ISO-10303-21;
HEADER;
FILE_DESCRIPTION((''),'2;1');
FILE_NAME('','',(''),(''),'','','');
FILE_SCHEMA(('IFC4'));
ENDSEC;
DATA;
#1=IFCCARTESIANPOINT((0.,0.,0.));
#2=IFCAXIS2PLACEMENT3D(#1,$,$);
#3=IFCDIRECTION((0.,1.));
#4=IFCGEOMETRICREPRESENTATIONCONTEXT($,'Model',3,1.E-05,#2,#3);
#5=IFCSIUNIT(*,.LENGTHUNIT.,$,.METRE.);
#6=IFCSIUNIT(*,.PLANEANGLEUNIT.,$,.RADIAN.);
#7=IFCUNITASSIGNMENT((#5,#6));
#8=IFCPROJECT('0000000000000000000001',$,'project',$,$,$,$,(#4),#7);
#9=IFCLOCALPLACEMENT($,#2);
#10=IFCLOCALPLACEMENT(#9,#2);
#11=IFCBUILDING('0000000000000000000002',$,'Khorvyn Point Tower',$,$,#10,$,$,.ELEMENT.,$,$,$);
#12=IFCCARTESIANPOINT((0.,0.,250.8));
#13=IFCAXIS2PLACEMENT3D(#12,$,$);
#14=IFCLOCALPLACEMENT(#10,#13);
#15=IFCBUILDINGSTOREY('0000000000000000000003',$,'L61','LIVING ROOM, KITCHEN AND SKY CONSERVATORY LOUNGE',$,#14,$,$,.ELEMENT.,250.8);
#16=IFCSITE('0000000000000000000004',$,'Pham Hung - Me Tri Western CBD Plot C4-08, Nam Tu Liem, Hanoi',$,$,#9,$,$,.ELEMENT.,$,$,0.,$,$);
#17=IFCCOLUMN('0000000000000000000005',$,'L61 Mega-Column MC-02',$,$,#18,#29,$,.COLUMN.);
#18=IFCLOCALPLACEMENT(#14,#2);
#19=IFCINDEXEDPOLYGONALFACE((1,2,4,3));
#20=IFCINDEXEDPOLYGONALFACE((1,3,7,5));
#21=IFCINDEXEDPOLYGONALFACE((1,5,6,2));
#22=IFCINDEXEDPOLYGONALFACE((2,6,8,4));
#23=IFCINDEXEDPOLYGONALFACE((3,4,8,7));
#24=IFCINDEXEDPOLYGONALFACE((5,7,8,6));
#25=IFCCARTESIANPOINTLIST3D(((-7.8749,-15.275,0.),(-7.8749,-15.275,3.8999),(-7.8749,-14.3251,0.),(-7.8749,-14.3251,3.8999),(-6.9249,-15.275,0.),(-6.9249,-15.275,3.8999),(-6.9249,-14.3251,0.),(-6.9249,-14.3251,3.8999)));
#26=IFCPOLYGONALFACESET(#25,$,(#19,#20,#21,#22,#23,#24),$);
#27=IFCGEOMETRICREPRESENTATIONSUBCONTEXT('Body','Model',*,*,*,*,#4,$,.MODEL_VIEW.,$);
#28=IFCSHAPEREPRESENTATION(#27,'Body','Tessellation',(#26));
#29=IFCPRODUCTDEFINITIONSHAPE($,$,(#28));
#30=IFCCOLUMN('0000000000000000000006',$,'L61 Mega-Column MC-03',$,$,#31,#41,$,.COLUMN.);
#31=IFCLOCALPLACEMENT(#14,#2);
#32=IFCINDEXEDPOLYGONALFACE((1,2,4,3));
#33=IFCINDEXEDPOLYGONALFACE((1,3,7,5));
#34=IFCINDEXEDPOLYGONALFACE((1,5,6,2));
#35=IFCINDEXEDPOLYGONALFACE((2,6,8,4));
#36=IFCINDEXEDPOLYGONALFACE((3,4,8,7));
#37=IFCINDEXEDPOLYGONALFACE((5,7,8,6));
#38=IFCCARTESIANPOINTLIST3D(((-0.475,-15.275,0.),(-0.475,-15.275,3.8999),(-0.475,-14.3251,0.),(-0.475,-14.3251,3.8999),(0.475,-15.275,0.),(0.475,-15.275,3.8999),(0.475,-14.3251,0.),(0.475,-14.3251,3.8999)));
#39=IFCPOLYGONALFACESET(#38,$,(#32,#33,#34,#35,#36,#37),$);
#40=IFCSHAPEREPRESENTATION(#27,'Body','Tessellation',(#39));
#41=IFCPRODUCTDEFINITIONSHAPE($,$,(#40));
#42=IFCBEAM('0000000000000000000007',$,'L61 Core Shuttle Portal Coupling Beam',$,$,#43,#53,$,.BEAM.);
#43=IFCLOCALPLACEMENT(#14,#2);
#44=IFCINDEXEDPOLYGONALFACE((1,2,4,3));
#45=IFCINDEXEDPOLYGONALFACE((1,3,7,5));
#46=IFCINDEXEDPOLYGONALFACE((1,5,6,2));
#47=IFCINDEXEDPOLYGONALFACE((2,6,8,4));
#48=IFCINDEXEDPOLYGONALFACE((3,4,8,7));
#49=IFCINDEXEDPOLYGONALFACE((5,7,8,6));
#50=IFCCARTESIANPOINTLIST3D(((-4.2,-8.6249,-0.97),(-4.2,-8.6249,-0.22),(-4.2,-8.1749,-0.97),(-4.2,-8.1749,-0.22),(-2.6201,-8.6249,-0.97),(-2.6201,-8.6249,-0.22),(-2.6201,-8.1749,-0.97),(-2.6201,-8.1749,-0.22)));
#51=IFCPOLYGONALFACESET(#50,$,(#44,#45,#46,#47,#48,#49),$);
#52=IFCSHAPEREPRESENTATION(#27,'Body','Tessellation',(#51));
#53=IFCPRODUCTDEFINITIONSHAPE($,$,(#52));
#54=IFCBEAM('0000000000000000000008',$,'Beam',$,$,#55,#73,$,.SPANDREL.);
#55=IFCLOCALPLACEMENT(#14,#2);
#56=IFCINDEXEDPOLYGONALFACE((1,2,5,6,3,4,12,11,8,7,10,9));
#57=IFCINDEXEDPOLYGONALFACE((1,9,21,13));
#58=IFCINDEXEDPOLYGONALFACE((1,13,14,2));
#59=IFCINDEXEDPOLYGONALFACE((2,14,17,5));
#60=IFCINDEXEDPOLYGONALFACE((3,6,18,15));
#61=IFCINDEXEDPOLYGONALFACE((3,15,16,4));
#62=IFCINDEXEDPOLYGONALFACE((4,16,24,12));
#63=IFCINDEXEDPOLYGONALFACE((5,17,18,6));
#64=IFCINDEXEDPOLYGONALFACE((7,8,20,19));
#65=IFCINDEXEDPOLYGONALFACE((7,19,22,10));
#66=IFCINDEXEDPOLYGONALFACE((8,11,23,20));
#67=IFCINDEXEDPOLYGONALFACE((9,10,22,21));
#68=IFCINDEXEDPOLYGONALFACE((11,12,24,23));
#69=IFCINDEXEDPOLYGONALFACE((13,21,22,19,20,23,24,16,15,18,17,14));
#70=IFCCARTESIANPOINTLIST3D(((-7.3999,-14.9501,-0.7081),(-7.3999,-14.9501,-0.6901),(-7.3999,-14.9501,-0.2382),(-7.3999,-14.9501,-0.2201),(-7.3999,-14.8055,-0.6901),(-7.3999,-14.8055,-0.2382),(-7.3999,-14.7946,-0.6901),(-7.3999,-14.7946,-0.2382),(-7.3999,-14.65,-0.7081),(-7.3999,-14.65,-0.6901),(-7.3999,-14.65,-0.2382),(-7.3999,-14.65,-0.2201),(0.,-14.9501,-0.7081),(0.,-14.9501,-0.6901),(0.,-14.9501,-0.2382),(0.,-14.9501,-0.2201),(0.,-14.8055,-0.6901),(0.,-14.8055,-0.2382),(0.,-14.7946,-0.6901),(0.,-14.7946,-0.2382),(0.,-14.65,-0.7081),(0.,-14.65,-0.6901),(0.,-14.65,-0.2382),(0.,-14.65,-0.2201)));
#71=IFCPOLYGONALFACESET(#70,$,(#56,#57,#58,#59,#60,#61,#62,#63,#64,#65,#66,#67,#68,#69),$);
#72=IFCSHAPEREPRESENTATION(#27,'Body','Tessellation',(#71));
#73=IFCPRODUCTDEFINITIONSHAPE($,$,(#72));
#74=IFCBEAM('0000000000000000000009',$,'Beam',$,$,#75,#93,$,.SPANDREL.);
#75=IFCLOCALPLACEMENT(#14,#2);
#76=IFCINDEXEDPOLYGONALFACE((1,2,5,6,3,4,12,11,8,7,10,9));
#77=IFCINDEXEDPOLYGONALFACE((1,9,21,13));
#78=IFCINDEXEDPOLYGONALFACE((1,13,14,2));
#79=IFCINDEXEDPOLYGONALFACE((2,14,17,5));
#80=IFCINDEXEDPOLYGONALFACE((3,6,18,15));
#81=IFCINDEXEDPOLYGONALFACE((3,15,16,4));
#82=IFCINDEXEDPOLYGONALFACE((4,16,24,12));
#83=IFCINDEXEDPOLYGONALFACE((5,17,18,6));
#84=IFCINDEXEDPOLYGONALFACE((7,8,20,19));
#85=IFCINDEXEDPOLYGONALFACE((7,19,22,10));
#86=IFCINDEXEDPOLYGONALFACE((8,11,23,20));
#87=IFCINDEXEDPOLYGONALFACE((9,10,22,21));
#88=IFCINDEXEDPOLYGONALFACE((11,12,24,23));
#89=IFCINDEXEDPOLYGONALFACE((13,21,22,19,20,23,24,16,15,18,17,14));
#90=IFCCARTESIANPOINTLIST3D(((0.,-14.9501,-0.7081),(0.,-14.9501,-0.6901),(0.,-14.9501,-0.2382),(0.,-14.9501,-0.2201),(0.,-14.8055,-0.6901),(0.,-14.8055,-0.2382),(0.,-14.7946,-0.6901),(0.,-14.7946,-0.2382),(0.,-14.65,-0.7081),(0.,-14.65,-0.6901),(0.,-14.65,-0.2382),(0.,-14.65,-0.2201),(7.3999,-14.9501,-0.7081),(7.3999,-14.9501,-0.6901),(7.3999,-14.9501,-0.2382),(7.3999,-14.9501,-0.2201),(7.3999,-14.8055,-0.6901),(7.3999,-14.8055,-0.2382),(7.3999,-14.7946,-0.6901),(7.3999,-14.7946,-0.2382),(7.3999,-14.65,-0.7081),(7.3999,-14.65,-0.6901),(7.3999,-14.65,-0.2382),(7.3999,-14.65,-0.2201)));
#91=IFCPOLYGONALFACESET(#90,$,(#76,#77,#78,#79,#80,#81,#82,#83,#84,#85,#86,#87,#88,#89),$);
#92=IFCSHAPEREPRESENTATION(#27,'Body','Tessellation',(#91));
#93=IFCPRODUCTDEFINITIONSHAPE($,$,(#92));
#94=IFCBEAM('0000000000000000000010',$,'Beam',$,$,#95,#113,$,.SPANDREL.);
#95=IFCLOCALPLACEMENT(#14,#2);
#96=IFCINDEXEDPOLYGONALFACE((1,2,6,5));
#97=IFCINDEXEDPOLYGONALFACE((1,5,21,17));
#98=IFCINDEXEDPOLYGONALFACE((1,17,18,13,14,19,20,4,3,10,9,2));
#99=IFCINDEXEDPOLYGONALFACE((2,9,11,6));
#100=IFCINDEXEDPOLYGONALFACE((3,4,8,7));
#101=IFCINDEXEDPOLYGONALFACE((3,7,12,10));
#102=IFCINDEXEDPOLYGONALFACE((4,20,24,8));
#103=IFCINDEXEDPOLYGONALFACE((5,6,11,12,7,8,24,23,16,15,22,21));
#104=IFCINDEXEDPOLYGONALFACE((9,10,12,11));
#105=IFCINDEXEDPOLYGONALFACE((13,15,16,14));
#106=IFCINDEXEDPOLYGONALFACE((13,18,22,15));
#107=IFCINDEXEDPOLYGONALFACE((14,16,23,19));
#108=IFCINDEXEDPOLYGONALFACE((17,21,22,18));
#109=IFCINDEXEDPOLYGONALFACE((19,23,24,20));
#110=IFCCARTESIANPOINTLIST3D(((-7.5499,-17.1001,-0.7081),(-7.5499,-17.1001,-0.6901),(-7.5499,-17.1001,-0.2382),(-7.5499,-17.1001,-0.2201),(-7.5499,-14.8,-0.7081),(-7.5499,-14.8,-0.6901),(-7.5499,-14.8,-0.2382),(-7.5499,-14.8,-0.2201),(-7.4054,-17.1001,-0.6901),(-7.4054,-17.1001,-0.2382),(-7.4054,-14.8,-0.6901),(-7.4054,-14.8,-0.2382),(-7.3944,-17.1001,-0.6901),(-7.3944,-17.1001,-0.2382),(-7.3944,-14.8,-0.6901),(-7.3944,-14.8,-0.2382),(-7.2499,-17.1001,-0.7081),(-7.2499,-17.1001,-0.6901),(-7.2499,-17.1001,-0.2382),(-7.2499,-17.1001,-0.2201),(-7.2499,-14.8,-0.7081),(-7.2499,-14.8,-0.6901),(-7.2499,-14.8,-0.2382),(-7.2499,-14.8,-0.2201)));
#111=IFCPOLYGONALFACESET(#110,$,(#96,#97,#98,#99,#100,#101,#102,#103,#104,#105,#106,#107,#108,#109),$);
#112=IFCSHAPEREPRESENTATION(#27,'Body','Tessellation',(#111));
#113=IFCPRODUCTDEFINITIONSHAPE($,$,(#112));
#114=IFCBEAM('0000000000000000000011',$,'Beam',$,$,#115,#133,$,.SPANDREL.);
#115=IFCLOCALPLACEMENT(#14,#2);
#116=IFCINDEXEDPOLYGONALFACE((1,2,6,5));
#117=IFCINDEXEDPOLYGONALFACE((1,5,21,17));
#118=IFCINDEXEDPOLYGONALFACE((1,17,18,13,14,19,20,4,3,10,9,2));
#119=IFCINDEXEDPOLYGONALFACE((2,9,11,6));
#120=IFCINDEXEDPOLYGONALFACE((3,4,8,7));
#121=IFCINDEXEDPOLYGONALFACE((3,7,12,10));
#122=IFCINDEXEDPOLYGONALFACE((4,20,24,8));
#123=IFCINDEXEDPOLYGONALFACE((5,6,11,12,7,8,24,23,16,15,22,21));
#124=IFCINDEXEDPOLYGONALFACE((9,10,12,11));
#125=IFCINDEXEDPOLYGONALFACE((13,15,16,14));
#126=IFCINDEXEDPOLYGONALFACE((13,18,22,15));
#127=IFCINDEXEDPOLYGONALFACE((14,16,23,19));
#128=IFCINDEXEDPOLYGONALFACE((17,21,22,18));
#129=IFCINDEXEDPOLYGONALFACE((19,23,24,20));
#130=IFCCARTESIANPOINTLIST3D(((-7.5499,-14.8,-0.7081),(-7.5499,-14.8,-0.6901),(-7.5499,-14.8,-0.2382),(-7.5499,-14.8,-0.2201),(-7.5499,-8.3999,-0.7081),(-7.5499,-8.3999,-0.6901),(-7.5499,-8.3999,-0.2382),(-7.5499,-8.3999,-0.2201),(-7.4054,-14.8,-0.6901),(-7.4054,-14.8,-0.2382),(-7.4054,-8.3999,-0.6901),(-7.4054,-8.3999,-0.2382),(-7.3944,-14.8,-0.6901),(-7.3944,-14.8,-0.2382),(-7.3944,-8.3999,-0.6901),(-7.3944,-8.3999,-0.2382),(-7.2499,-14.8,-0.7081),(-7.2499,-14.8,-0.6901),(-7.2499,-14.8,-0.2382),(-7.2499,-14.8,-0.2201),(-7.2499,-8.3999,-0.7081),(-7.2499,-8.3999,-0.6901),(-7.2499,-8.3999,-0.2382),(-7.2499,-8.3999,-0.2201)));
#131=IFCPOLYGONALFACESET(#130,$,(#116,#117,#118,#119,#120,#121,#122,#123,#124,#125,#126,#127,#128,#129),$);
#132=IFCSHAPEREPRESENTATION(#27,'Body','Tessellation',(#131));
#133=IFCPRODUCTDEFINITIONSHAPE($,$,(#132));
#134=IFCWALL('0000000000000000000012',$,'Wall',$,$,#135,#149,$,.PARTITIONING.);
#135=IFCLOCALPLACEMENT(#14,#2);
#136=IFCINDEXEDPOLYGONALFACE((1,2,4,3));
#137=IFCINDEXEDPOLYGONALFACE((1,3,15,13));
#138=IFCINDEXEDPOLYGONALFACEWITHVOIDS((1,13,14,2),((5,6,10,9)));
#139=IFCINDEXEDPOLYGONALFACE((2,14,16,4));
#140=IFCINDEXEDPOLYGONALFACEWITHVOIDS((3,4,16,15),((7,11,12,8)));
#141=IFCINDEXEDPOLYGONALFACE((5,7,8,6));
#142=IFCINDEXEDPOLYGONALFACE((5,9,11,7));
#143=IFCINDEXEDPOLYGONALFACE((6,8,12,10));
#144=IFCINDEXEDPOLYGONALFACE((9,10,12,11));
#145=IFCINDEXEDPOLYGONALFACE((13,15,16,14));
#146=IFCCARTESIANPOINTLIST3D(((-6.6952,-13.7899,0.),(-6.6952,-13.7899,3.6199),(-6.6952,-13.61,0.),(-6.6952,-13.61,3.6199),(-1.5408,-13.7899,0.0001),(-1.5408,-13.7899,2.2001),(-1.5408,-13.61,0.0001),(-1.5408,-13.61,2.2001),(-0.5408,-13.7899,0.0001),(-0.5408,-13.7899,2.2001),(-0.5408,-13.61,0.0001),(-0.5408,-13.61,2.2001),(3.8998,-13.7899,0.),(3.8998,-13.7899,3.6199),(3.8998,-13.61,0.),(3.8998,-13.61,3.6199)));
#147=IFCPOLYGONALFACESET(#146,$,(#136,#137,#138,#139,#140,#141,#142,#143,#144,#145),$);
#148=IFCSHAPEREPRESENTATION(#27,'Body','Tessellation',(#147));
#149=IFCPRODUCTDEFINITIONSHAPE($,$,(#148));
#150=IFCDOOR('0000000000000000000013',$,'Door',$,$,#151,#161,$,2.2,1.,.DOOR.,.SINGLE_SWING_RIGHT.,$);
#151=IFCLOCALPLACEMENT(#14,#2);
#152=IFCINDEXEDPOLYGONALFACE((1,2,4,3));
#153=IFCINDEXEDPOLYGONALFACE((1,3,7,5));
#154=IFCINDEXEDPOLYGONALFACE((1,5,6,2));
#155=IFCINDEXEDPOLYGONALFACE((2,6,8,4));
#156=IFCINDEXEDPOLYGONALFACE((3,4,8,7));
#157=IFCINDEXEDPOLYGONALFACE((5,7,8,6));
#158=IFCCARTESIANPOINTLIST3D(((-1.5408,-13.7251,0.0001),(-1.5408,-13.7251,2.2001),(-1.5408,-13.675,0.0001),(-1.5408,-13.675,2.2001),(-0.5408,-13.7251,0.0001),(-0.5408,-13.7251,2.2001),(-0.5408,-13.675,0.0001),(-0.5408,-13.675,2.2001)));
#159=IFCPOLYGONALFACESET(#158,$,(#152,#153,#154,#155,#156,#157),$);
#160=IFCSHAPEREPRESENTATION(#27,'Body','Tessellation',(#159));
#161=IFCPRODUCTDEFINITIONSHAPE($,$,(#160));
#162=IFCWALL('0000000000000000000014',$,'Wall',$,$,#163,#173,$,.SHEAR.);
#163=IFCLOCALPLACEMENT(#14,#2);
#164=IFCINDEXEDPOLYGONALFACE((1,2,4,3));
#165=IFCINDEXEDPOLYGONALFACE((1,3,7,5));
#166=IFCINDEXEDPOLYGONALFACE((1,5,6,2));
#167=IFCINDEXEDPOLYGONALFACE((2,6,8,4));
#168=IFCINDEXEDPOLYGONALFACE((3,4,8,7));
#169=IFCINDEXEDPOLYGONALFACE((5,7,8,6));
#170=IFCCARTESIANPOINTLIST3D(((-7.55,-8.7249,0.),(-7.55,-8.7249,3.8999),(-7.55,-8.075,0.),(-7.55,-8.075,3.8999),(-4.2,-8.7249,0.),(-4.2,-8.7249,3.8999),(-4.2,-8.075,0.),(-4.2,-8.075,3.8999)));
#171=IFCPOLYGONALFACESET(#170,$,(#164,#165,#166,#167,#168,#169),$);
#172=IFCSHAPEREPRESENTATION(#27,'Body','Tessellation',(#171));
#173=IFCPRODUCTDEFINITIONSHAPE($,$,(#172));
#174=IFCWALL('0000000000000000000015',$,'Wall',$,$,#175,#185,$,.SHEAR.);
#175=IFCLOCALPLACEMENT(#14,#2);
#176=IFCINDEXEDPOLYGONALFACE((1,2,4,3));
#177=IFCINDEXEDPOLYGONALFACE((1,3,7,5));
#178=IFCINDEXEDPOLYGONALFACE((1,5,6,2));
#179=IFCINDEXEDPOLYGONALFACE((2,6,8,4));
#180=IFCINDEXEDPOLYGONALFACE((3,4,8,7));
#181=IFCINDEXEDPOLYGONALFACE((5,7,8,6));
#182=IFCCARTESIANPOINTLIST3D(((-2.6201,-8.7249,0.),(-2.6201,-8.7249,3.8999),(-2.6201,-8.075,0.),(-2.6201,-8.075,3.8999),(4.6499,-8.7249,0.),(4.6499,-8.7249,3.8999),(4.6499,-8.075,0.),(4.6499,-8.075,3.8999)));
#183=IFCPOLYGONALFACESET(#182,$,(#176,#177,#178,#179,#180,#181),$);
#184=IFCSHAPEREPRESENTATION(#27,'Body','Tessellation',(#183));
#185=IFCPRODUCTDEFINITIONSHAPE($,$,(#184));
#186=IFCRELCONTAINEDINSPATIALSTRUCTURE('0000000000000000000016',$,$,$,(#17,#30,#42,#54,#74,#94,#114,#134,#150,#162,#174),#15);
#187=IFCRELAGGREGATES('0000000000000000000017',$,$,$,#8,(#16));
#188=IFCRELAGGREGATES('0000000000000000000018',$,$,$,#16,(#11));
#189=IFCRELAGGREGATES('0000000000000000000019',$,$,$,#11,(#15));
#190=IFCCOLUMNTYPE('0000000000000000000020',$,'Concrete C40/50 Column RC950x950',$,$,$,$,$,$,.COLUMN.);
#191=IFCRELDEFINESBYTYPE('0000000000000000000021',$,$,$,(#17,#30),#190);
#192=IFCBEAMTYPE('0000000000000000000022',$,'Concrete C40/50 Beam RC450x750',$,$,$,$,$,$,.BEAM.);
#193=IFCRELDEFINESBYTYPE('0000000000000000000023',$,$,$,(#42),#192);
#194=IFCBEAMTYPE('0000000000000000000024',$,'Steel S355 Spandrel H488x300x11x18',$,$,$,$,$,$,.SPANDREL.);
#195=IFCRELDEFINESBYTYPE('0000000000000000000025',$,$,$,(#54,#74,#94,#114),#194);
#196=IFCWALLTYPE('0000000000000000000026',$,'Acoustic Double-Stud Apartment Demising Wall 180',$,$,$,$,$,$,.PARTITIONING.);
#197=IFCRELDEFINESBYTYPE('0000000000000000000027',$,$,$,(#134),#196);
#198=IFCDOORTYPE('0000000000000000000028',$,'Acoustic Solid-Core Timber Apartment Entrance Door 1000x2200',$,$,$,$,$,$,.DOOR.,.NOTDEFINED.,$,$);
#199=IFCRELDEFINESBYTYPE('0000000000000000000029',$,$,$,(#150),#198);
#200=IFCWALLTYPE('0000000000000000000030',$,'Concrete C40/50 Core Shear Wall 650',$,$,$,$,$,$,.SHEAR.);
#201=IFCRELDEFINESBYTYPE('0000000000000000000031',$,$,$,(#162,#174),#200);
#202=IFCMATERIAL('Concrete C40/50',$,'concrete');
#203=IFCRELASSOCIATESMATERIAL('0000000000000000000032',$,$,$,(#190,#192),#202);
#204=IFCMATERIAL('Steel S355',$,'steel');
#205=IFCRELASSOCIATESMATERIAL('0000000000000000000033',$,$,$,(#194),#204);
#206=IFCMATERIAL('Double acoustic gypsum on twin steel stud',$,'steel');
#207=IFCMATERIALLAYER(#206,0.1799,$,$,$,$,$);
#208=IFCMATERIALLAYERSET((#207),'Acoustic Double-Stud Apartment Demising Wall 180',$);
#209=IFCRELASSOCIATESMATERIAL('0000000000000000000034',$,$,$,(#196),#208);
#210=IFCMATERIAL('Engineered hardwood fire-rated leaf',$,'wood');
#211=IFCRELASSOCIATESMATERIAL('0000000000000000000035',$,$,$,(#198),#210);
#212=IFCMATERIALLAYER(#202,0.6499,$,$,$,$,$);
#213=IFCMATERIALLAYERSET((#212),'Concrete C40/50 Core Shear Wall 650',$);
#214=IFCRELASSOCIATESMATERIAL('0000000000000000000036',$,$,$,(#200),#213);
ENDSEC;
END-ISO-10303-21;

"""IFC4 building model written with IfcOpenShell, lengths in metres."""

from ifc_helpers import new_model, si_unit, direction, frame, frame_2d, origin, origin_2d, place, context, subcontext, project, spatial, rectangle, i_section, extrude, material, layer, layer_set, material_profile, profile_set, type_object, element, fill, save


model = new_model("IFC4")

# Units and contexts
model_context = context("Model", 3, precision=1e-05, world=origin(), true_north=direction((0.0, 1.0)))
body_context = subcontext(model_context, "Body", "Model", "MODEL_VIEW")
ifc_project = project(units=[si_unit("LENGTHUNIT", "METRE"), si_unit("PLANEANGLEUNIT", "RADIAN")], contexts=[model_context])

# Site, building, storey
site_placement = place(None, origin())
site = spatial("IfcSite", under=ifc_project, at=site_placement, Name="Pham Hung - Me Tri Western CBD Plot C4-08, Nam Tu Liem, Hanoi", CompositionType="ELEMENT", RefElevation=0.0)
building_placement = place(site_placement, origin())
building = spatial("IfcBuilding", under=site, at=building_placement, Name="Khorvyn Point Tower", CompositionType="ELEMENT")
storey_placement = place(building_placement, frame((0.0, 0.0, 250.8)))
storey = spatial("IfcBuildingStorey", under=building, at=storey_placement, Name="L61", Description="LIVING ROOM, KITCHEN AND SKY CONSERVATORY LOUNGE", CompositionType="ELEMENT", Elevation=250.8)

# Columns
ifc_material_1 = material(Name="Concrete C40/50", Category="concrete")
ifc_material_profile_1 = material_profile(ifc_material_1, rectangle(XDim=0.95, YDim=0.95, at=origin_2d()))
ifc_profile_set_1 = profile_set([ifc_material_profile_1], Name="Concrete C40/50 RC950x950")
column_type = type_object("IfcColumnType", Name="Concrete C40/50 Column RC950x950", PredefinedType="COLUMN", material=ifc_profile_set_1)
for number, where, z_axis, x_axis, name in (
    (1, (-7.3999, -14.8, 0.0), (0.0, 0.0, 1.0), (1.0, 0.0, 0.0), "L61 Mega-Column MC-02"),
    (2, (0.0, -14.8, 0.0), (0.0, 0.0, 1.0), (1.0, 0.0, 0.0), "L61 Mega-Column MC-03"),
):
    element("IfcColumn", number, at=place(storey_placement, frame(where, z_axis=z_axis, x_axis=x_axis)), inside=storey, type_object=column_type, Name=name, PredefinedType="COLUMN", context=body_context, shape_type="SweptSolid", body=[
        extrude(rectangle(XDim=0.95, YDim=0.95, at=origin_2d()), origin(), (0.0, 0.0, 1.0), 3.8999),
    ])

# Beams
ifc_material_profile_2 = material_profile(ifc_material_1, rectangle(XDim=0.45, YDim=0.75, at=origin_2d()))
ifc_profile_set_2 = profile_set([ifc_material_profile_2], Name="Concrete C40/50 RC450x750")
beam_type_1 = type_object("IfcBeamType", Name="Concrete C40/50 Beam RC450x750", PredefinedType="BEAM", material=ifc_profile_set_2)
beam_1_placement = place(storey_placement, frame((-4.2, -8.3999, -0.595), z_axis=(1.0, 0.0, 0.0), x_axis=(0.0, 1.0, 0.0)))
element("IfcBeam", 3, at=beam_1_placement, inside=storey, type_object=beam_type_1, Name="L61 Core Shuttle Portal Coupling Beam", PredefinedType="BEAM", context=body_context, shape_type="SweptSolid", body=[
    extrude(rectangle(XDim=0.45, YDim=0.75, at=origin_2d()), origin(), (0.0, 0.0, 1.0), 1.5798),
])
ifc_material_2 = material(Name="Steel S355", Category="steel")
ifc_material_profile_3 = material_profile(ifc_material_2, i_section(OverallWidth=0.3, OverallDepth=0.488, WebThickness=0.011, FlangeThickness=0.0181, at=origin_2d()))
ifc_profile_set_3 = profile_set([ifc_material_profile_3], Name="Steel S355 H488x300x11x18")
beam_type_2 = type_object("IfcBeamType", Name="Steel S355 Spandrel H488x300x11x18", PredefinedType="SPANDREL", material=ifc_profile_set_3)
for number, where, z_axis, x_axis, name in (
    (4, (-7.3999, -14.8, -0.4641), (1.0, 0.0, 0.0), (0.0, 1.0, 0.0), "Beam"),
    (5, (0.0, -14.8, -0.4641), (1.0, 0.0, 0.0), (0.0, 1.0, 0.0), "Beam"),
):
    element("IfcBeam", number, at=place(storey_placement, frame(where, z_axis=z_axis, x_axis=x_axis)), inside=storey, type_object=beam_type_2, Name=name, PredefinedType="SPANDREL", context=body_context, shape_type="SweptSolid", body=[
        extrude(i_section(OverallWidth=0.3, OverallDepth=0.488, WebThickness=0.011, FlangeThickness=0.0181, at=origin_2d()), origin(), (0.0, 0.0, 1.0), 7.3999),
    ])
beam_2_placement = place(storey_placement, frame((-7.3999, -17.1001, -0.4641), z_axis=(0.0, 1.0, 0.0), x_axis=(-1.0, 0.0, 0.0)))
element("IfcBeam", 6, at=beam_2_placement, inside=storey, type_object=beam_type_2, Name="Beam", PredefinedType="SPANDREL", context=body_context, shape_type="SweptSolid", body=[
    extrude(i_section(OverallWidth=0.3, OverallDepth=0.488, WebThickness=0.011, FlangeThickness=0.0181, at=origin_2d()), origin(), (0.0, 0.0, 1.0), 2.3),
])
beam_3_placement = place(storey_placement, frame((-7.3999, -14.8, -0.4641), z_axis=(0.0, 1.0, 0.0), x_axis=(-1.0, 0.0, 0.0)))
element("IfcBeam", 7, at=beam_3_placement, inside=storey, type_object=beam_type_2, Name="Beam", PredefinedType="SPANDREL", context=body_context, shape_type="SweptSolid", body=[
    extrude(i_section(OverallWidth=0.3, OverallDepth=0.488, WebThickness=0.011, FlangeThickness=0.0181, at=origin_2d()), origin(), (0.0, 0.0, 1.0), 6.4001),
])

# Wall, opening, door
ifc_material_3 = material(Name="Double acoustic gypsum on twin steel stud", Category="steel")
ifc_layer_1 = layer(ifc_material_3, 0.1799)
ifc_layer_set_1 = layer_set([ifc_layer_1], Name="Acoustic Double-Stud Apartment Demising Wall 180")
wall_type_1 = type_object("IfcWallType", Name="Acoustic Double-Stud Apartment Demising Wall 180", PredefinedType="PARTITIONING", material=ifc_layer_set_1)
wall_1_placement = place(storey_placement, frame((-6.6951, -13.7, 0.0), z_axis=(0.0, 0.0, 1.0), x_axis=(1.0, 0.0, 0.0)))
wall_1 = element("IfcWall", 8, at=wall_1_placement, inside=storey, type_object=wall_type_1, Name="Wall", PredefinedType="PARTITIONING", context=body_context, shape_type="SweptSolid", body=[
    extrude(rectangle(XDim=10.595, YDim=0.1799, at=frame_2d((5.2974, 0.0))), origin(), (0.0, 0.0, 1.0), 3.6199),
])
opening_placement = place(wall_1_placement, frame((5.1543, 0.0, 0.0)))
opening = element("IfcOpeningElement", 9, at=opening_placement, cuts=wall_1, PredefinedType="OPENING", context=body_context, shape_type="SweptSolid", body=[
    extrude(rectangle(XDim=1.0, YDim=2.2, at=frame_2d((0.5, 1.1001))), frame((0.0, 0.0999, 0.0), z_axis=(0.0, -1.0, 0.0), x_axis=(1.0, 0.0, 0.0)), (0.0, 0.0, 1.0), 0.2),
])
ifc_material_4 = material(Name="Engineered hardwood fire-rated leaf", Category="wood")
door_type = type_object("IfcDoorType", Name="Acoustic Solid-Core Timber Apartment Entrance Door 1000x2200", OperationType="NOTDEFINED", PredefinedType="DOOR", material=ifc_material_4)
door_placement = place(opening_placement, origin())
door = element("IfcDoor", 10, at=door_placement, inside=storey, type_object=door_type, Name="Door", OperationType="SINGLE_SWING_RIGHT", OverallHeight=2.2, OverallWidth=1.0, PredefinedType="DOOR", context=body_context, shape_type="SweptSolid", body=[
    extrude(rectangle(XDim=1.0, YDim=2.2, at=frame_2d((0.5, 1.1001))), frame((0.0, 0.0249, 0.0), z_axis=(0.0, -1.0, 0.0), x_axis=(1.0, 0.0, 0.0)), (0.0, 0.0, 1.0), 0.05),
])
fill(opening, door)

# Walls
ifc_layer_2 = layer(ifc_material_1, 0.6499)
ifc_layer_set_2 = layer_set([ifc_layer_2], Name="Concrete C40/50 Core Shear Wall 650")
wall_type_2 = type_object("IfcWallType", Name="Concrete C40/50 Core Shear Wall 650", PredefinedType="SHEAR", material=ifc_layer_set_2)
wall_2_placement = place(storey_placement, frame((-7.55, -8.3999, 0.0), z_axis=(0.0, 0.0, 1.0), x_axis=(1.0, 0.0, 0.0)))
element("IfcWall", 11, at=wall_2_placement, inside=storey, type_object=wall_type_2, Name="Wall", PredefinedType="SHEAR", context=body_context, shape_type="SweptSolid", body=[
    extrude(rectangle(XDim=3.3501, YDim=0.6499, at=frame_2d((1.675, 0.0))), origin(), (0.0, 0.0, 1.0), 3.8999),
])
wall_3_placement = place(storey_placement, frame((-2.6201, -8.3999, 0.0), z_axis=(0.0, 0.0, 1.0), x_axis=(1.0, 0.0, 0.0)))
element("IfcWall", 12, at=wall_3_placement, inside=storey, type_object=wall_type_2, Name="Wall", PredefinedType="SHEAR", context=body_context, shape_type="SweptSolid", body=[
    extrude(rectangle(XDim=7.27, YDim=0.6499, at=frame_2d((3.635, 0.0))), origin(), (0.0, 0.0, 1.0), 3.8999),
])

save(model, "model.ifc")
